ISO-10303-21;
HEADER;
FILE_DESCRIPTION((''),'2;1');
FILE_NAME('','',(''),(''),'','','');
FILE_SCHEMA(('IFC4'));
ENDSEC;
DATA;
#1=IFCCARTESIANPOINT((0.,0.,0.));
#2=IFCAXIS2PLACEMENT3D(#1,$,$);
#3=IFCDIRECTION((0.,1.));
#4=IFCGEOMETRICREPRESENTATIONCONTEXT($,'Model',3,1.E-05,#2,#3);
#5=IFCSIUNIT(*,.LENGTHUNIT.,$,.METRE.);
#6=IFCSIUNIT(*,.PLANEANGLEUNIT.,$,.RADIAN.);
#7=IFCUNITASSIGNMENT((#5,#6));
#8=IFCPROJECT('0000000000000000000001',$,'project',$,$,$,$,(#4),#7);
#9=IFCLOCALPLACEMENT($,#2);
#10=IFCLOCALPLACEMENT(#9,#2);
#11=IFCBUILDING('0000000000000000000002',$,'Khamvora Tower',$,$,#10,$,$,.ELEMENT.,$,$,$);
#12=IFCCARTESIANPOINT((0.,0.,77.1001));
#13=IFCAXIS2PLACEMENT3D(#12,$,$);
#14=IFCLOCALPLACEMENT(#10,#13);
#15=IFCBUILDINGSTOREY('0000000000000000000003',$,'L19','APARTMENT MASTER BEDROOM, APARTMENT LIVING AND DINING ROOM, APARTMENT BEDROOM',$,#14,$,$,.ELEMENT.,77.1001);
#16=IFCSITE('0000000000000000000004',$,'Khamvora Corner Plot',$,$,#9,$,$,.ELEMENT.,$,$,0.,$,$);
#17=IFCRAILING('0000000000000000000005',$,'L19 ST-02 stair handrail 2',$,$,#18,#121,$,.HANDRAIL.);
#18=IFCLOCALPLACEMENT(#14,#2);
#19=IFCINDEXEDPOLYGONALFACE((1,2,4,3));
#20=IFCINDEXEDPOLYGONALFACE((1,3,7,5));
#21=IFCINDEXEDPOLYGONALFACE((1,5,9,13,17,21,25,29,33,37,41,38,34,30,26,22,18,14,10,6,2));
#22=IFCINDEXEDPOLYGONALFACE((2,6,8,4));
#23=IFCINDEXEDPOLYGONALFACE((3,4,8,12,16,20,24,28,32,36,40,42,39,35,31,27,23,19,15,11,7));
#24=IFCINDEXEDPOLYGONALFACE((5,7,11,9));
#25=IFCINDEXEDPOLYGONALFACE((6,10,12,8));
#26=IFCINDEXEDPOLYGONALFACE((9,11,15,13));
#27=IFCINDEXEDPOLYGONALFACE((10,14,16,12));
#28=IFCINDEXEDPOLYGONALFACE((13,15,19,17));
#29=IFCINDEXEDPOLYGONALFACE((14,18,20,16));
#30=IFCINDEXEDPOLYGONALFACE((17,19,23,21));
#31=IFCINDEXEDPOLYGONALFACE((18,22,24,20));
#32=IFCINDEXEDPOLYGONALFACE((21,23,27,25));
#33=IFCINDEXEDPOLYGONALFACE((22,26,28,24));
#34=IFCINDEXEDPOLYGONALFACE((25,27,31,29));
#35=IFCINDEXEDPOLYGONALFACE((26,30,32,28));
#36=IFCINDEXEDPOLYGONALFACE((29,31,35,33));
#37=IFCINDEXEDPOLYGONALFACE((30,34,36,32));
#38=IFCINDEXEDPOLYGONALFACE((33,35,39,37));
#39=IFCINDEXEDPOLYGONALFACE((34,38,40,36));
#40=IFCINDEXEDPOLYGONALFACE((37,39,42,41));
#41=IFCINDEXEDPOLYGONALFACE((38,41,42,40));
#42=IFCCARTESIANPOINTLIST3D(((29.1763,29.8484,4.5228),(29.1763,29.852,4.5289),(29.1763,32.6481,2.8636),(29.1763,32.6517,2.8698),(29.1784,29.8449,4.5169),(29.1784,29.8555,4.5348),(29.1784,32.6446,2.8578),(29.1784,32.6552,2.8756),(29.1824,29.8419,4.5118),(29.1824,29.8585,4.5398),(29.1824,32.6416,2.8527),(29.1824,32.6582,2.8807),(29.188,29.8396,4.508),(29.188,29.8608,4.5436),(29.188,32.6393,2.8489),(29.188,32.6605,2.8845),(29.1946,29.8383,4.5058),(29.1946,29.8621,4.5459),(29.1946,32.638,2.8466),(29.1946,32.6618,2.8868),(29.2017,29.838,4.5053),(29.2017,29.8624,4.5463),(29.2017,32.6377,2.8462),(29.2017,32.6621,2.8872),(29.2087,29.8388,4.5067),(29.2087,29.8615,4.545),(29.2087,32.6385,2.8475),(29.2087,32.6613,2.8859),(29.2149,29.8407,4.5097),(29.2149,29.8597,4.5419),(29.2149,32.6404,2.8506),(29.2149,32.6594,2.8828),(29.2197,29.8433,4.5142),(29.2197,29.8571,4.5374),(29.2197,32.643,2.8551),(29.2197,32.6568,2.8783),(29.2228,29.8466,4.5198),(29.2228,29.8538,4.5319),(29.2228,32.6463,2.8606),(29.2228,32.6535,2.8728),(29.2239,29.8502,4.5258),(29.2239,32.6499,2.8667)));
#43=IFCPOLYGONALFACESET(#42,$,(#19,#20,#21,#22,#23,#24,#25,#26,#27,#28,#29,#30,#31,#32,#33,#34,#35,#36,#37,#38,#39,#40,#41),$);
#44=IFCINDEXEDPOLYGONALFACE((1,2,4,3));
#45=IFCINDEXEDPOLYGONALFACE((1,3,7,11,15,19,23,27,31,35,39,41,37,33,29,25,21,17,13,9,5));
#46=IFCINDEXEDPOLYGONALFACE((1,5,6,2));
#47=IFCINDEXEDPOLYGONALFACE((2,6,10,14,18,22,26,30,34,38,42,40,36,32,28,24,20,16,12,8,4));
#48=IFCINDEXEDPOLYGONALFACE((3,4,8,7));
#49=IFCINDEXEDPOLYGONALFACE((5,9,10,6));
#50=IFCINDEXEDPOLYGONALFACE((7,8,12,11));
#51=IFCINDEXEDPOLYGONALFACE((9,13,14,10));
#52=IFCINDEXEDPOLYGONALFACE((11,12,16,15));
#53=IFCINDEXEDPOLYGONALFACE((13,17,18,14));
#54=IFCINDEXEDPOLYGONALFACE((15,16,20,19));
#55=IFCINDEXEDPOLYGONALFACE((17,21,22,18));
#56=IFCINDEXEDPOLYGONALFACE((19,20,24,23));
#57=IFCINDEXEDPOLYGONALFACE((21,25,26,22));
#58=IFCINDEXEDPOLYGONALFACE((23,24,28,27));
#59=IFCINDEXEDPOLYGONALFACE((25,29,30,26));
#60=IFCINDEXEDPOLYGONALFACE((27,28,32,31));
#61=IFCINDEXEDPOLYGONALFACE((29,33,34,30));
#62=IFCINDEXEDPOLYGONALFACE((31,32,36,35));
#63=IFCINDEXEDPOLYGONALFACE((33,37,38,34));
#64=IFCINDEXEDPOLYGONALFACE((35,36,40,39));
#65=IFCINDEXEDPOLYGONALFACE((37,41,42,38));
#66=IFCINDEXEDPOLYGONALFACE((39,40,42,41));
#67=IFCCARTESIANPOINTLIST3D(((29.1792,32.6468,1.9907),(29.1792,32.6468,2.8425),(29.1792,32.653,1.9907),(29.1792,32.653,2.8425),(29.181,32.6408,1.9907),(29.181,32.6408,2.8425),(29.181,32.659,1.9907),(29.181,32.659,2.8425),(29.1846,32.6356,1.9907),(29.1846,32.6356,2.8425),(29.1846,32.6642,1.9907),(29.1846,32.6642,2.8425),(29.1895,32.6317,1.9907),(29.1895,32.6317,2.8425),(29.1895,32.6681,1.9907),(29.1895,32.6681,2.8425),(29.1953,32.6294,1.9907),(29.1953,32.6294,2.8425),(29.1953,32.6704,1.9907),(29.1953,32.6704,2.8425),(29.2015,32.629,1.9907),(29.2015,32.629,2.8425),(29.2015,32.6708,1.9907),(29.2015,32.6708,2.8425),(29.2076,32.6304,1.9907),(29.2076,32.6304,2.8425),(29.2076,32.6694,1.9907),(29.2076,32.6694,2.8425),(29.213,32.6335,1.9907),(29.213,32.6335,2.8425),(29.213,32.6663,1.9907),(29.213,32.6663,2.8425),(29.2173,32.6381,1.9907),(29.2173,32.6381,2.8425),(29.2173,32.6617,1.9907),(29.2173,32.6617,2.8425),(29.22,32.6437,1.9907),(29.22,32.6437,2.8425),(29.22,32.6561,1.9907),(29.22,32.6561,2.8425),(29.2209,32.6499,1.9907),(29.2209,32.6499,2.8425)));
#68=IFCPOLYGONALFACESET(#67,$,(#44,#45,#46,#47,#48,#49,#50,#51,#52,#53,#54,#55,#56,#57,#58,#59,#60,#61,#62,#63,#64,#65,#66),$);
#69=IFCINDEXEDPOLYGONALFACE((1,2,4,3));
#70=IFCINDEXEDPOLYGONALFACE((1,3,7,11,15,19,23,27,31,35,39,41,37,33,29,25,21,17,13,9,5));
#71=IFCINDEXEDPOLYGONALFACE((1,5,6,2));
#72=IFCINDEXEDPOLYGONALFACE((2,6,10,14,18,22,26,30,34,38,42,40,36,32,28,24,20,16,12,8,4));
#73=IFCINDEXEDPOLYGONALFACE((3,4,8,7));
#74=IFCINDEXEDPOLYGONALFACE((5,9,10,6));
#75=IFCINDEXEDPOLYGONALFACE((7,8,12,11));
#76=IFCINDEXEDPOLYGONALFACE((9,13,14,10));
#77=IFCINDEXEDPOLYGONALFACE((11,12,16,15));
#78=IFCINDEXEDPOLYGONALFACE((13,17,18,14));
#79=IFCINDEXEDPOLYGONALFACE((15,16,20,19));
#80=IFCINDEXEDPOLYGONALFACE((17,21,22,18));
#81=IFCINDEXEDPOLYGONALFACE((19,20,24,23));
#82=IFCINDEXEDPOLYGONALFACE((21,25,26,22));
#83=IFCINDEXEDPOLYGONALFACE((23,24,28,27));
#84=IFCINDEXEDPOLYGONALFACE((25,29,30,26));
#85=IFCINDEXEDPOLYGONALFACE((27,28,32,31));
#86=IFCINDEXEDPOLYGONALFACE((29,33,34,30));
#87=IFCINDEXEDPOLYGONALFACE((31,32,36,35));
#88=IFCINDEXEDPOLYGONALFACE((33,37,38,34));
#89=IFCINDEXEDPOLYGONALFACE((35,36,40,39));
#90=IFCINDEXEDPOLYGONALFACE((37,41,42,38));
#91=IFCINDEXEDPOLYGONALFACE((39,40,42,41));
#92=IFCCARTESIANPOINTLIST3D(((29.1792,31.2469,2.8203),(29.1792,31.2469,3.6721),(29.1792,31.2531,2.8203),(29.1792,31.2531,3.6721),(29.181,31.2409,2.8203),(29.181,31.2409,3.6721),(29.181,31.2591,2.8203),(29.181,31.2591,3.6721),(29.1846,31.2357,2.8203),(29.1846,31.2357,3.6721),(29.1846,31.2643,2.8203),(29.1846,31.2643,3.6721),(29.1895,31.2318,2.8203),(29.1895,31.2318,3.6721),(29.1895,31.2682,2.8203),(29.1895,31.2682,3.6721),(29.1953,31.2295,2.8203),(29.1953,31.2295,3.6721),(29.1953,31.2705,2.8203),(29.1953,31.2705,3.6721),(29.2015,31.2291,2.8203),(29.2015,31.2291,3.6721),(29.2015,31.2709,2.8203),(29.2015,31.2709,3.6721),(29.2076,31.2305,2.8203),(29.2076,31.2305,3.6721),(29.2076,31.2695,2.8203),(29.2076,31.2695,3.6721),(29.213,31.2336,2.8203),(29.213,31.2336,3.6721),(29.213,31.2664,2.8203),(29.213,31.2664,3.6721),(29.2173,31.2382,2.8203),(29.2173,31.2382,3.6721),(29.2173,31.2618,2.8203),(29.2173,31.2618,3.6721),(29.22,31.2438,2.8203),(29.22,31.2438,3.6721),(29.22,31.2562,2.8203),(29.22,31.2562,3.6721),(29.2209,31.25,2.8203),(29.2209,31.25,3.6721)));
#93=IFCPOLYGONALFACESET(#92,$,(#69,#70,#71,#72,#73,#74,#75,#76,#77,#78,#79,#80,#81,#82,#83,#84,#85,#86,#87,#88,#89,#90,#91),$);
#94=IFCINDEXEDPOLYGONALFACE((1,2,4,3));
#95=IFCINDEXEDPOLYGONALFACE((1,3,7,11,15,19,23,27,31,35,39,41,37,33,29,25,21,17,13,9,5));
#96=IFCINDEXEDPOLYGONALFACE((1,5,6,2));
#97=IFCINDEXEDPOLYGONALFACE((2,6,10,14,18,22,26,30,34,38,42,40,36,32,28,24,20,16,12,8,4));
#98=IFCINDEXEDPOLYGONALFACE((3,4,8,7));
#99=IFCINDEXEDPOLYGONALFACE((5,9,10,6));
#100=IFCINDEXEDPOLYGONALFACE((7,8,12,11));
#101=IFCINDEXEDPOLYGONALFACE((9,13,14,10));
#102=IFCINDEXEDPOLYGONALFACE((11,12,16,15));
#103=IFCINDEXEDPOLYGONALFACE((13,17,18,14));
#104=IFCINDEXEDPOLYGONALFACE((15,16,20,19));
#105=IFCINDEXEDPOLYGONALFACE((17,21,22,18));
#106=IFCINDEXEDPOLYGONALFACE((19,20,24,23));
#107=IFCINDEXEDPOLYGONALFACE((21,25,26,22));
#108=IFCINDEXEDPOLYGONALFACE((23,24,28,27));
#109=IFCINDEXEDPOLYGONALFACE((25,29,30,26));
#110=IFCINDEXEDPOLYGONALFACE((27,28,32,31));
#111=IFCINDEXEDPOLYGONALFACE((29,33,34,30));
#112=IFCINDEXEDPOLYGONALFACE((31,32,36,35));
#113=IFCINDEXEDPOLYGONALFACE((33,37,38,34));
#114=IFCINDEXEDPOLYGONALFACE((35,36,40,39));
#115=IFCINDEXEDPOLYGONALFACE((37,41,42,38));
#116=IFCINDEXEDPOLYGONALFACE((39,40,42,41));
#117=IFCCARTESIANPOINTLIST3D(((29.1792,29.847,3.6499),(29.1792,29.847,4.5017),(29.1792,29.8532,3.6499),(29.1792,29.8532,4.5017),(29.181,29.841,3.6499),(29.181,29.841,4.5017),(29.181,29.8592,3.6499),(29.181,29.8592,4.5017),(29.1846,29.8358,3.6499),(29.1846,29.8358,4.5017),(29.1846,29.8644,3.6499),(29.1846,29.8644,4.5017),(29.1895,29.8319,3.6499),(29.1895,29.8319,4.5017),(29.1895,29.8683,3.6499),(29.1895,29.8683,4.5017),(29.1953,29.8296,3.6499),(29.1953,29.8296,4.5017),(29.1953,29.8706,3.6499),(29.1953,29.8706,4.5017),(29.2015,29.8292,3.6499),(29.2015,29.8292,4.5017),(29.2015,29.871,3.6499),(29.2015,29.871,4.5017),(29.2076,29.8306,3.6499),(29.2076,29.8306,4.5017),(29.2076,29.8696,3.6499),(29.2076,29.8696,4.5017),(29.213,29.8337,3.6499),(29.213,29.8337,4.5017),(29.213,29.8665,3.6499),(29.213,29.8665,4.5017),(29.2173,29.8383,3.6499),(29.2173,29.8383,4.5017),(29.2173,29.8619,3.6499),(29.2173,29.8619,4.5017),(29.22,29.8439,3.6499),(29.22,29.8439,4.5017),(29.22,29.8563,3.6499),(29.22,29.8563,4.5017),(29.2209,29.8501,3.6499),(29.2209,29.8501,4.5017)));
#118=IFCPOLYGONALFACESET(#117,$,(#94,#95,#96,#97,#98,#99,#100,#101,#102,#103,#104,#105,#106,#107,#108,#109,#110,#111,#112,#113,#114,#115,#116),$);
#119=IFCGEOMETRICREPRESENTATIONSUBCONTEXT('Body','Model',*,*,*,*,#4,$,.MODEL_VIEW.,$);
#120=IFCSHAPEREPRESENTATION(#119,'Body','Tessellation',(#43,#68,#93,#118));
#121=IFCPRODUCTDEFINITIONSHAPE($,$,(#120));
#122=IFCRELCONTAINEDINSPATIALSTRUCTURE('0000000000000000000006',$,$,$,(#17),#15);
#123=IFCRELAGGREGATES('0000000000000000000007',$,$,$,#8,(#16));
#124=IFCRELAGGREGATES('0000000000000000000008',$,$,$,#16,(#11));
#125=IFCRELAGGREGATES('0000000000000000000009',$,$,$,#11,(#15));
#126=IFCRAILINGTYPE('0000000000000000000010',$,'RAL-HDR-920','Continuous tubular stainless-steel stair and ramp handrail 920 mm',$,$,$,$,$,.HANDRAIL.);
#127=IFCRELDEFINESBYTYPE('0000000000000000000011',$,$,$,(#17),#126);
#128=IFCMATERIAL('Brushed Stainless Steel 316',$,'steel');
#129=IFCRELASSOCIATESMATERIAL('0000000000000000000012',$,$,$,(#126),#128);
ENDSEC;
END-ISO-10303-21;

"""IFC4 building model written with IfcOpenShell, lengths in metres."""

from ifc_helpers import new_model, si_unit, direction, frame, origin, origin_2d, place, context, subcontext, project, spatial, circle, extrude, material, type_object, element, save


model = new_model("IFC4")

# Units and contexts
model_context = context("Model", 3, precision=1e-05, world=origin(), true_north=direction((0.0, 1.0)))
body_context = subcontext(model_context, "Body", "Model", "MODEL_VIEW")
ifc_project = project(units=[si_unit("LENGTHUNIT", "METRE"), si_unit("PLANEANGLEUNIT", "RADIAN")], contexts=[model_context])

# Site, building, storey
site_placement = place(None, origin())
site = spatial("IfcSite", under=ifc_project, at=site_placement, Name="Khamvora Corner Plot", CompositionType="ELEMENT", RefElevation=0.0)
building_placement = place(site_placement, origin())
building = spatial("IfcBuilding", under=site, at=building_placement, Name="Khamvora Tower", CompositionType="ELEMENT")
storey_placement = place(building_placement, frame((0.0, 0.0, 77.1001)))
storey = spatial("IfcBuildingStorey", under=building, at=storey_placement, Name="L19", Description="APARTMENT MASTER BEDROOM, APARTMENT LIVING AND DINING ROOM, APARTMENT BEDROOM", CompositionType="ELEMENT", Elevation=77.1001)

# Railing
ifc_material_1 = material(Name="Brushed Stainless Steel 316", Category="steel")
railing_type_1 = type_object("IfcRailingType", Name="RAL-HDR-920", Description="Continuous tubular stainless-steel stair and ramp handrail 920 mm", PredefinedType="HANDRAIL", material=ifc_material_1)
railing_1_placement = place(storey_placement, frame((29.2, 32.6499, 1.9907)))
element("IfcRailing", 1, at=railing_1_placement, inside=storey, type_object=railing_type_1, Name="L19 ST-02 stair handrail 2", PredefinedType="HANDRAIL", context=body_context, shape_type="SweptSolid", body=[
    extrude(circle(Radius=0.0239, at=origin_2d()), frame((0.0, 0.0, 0.876), z_axis=(0.0, -0.860287, 0.509811), x_axis=(1.0, 0.0, 0.0)), (0.0, 0.0, 1.0), 3.2544),
    extrude(circle(Radius=0.021, at=origin_2d()), origin(), (0.0, 0.0, 1.0), 0.8518),
    extrude(circle(Radius=0.021, at=origin_2d()), frame((0.0, -1.3999, 0.8296)), (0.0, 0.0, 1.0), 0.8518),
    extrude(circle(Radius=0.021, at=origin_2d()), frame((0.0, -2.7998, 1.6592)), (0.0, 0.0, 1.0), 0.8518),
])

save(model, "model.ifc")
